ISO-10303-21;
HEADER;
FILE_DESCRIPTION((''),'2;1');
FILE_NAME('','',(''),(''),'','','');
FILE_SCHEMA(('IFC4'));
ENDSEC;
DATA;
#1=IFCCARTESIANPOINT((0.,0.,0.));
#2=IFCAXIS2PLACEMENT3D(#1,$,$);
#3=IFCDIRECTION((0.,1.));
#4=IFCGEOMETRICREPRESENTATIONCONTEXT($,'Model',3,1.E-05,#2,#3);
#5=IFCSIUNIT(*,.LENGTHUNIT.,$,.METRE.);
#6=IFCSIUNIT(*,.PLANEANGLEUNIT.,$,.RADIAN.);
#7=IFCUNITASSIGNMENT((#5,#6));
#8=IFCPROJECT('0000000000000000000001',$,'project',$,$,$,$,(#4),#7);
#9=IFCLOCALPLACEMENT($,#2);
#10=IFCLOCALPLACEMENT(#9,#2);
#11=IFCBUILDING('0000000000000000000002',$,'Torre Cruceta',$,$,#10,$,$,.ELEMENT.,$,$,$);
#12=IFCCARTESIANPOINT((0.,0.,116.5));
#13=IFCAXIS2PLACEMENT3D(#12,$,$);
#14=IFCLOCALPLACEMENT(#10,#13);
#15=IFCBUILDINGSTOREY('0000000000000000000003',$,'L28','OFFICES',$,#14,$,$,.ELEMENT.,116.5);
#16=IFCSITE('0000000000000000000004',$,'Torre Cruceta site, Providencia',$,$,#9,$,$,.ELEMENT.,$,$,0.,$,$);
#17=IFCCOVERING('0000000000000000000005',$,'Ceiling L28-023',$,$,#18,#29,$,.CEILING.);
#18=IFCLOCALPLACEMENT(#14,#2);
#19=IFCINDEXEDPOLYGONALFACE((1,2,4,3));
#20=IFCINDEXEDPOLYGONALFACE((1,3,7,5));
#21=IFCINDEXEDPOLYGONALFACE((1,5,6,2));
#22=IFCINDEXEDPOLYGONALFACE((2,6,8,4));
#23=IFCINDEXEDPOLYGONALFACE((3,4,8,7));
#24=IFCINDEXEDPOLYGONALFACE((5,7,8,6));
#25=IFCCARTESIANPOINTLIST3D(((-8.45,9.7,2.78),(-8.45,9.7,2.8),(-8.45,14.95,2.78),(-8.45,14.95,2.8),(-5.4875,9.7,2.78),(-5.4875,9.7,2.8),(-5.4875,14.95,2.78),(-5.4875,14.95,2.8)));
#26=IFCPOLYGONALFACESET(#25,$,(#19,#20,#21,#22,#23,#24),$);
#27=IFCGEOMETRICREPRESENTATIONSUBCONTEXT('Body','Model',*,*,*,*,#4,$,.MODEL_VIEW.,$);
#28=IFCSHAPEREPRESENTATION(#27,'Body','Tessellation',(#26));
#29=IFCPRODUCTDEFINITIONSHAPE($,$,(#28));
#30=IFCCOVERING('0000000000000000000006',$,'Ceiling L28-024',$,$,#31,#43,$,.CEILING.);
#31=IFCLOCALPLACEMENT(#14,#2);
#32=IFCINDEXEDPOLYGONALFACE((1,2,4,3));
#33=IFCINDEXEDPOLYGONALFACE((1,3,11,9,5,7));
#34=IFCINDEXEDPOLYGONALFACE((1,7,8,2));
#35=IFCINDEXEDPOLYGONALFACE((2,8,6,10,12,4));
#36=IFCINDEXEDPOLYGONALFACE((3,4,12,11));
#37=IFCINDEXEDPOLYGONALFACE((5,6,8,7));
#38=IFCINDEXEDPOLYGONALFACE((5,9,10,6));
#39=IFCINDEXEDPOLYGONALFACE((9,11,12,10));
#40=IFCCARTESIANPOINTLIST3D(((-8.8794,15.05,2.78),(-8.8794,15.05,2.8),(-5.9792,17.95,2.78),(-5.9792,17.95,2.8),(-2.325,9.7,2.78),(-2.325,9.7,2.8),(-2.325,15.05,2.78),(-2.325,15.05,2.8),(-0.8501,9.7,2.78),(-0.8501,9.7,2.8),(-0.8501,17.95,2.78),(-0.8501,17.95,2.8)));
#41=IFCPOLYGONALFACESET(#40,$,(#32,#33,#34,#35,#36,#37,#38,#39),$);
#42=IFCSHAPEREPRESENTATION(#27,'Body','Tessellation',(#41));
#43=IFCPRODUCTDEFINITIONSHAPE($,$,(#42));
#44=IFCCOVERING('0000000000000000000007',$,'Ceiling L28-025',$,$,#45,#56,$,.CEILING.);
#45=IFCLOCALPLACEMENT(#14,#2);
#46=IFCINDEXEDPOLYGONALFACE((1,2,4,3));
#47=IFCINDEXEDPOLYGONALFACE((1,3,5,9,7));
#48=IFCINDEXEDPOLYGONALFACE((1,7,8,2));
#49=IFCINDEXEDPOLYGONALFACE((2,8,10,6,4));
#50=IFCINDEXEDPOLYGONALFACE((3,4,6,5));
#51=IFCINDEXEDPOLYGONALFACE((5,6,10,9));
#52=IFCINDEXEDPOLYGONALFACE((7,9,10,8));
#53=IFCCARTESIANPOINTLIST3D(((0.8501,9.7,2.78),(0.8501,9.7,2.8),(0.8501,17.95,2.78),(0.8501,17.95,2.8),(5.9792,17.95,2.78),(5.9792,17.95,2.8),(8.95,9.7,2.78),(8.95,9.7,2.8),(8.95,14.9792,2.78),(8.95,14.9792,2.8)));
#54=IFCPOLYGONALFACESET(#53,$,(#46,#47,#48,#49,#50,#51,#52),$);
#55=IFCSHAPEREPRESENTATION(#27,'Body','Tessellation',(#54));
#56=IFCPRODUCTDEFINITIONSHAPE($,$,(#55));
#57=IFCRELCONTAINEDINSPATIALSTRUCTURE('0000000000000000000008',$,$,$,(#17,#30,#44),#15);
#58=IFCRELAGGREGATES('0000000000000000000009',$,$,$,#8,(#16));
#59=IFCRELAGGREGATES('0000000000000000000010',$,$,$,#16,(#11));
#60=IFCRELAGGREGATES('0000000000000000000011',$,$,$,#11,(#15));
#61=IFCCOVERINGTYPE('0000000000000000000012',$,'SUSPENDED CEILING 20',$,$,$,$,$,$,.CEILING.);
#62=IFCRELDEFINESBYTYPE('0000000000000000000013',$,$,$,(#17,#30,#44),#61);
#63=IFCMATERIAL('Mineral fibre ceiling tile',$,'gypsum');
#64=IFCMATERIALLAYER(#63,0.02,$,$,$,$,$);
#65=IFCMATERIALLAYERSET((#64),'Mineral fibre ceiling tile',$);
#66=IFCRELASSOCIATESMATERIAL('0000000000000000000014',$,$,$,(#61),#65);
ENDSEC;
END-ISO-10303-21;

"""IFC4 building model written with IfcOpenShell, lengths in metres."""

from ifc_helpers import new_model, si_unit, direction, frame, origin, place, context, subcontext, project, spatial, polyline, outline, extrude, material, layer, layer_set, type_object, element, save


model = new_model("IFC4")

# Units and contexts
model_context = context("Model", 3, precision=1e-05, world=origin(), true_north=direction((0.0, 1.0)))
body_context = subcontext(model_context, "Body", "Model", "MODEL_VIEW")
ifc_project = project(units=[si_unit("LENGTHUNIT", "METRE"), si_unit("PLANEANGLEUNIT", "RADIAN")], contexts=[model_context])

# Site, building, storey
site_placement = place(None, origin())
site = spatial("IfcSite", under=ifc_project, at=site_placement, Name="Torre Cruceta site, Providencia", CompositionType="ELEMENT", RefElevation=0.0)
building_placement = place(site_placement, origin())
building = spatial("IfcBuilding", under=site, at=building_placement, Name="Torre Cruceta", CompositionType="ELEMENT")
storey_placement = place(building_placement, frame((0.0, 0.0, 116.5)))
storey = spatial("IfcBuildingStorey", under=building, at=storey_placement, Name="L28", Description="OFFICES", CompositionType="ELEMENT", Elevation=116.5)

# Coverings
ifc_material_1 = material(Name="Mineral fibre ceiling tile", Category="gypsum")
ifc_layer_1 = layer(ifc_material_1, 0.02)
ifc_layer_set_1 = layer_set([ifc_layer_1], Name="Mineral fibre ceiling tile")
covering_type_1 = type_object("IfcCoveringType", Name="SUSPENDED CEILING 20", PredefinedType="CEILING", material=ifc_layer_set_1)
covering_1_placement = place(storey_placement, frame((0.0, 0.0, 2.78)))
element("IfcCovering", 1, at=covering_1_placement, inside=storey, type_object=covering_type_1, Name="Ceiling L28-023", PredefinedType="CEILING", context=body_context, shape_type="SweptSolid", body=[
    extrude(outline(polyline([(-5.4875, 9.7), (-8.45, 9.7), (-8.45, 14.95), (-5.4875, 14.95), (-5.4875, 9.7)])), origin(), (0.0, 0.0, 1.0), 0.02),
])
covering_2_placement = place(storey_placement, frame((0.0, 0.0, 2.78)))
element("IfcCovering", 2, at=covering_2_placement, inside=storey, type_object=covering_type_1, Name="Ceiling L28-024", PredefinedType="CEILING", context=body_context, shape_type="SweptSolid", body=[
    extrude(outline(polyline([(-0.8501, 17.95), (-0.8501, 9.7), (-2.325, 9.7), (-2.325, 15.05), (-8.8794, 15.05), (-5.9792, 17.95), (-0.8501, 17.95)])), origin(), (0.0, 0.0, 1.0), 0.02),
])
covering_3_placement = place(storey_placement, frame((0.0, 0.0, 2.78)))
element("IfcCovering", 3, at=covering_3_placement, inside=storey, type_object=covering_type_1, Name="Ceiling L28-025", PredefinedType="CEILING", context=body_context, shape_type="SweptSolid", body=[
    extrude(outline(polyline([(5.9792, 17.95), (8.95, 14.9792), (8.95, 9.7), (0.8501, 9.7), (0.8501, 17.95), (5.9792, 17.95)])), origin(), (0.0, 0.0, 1.0), 0.02),
])

save(model, "model.ifc")
